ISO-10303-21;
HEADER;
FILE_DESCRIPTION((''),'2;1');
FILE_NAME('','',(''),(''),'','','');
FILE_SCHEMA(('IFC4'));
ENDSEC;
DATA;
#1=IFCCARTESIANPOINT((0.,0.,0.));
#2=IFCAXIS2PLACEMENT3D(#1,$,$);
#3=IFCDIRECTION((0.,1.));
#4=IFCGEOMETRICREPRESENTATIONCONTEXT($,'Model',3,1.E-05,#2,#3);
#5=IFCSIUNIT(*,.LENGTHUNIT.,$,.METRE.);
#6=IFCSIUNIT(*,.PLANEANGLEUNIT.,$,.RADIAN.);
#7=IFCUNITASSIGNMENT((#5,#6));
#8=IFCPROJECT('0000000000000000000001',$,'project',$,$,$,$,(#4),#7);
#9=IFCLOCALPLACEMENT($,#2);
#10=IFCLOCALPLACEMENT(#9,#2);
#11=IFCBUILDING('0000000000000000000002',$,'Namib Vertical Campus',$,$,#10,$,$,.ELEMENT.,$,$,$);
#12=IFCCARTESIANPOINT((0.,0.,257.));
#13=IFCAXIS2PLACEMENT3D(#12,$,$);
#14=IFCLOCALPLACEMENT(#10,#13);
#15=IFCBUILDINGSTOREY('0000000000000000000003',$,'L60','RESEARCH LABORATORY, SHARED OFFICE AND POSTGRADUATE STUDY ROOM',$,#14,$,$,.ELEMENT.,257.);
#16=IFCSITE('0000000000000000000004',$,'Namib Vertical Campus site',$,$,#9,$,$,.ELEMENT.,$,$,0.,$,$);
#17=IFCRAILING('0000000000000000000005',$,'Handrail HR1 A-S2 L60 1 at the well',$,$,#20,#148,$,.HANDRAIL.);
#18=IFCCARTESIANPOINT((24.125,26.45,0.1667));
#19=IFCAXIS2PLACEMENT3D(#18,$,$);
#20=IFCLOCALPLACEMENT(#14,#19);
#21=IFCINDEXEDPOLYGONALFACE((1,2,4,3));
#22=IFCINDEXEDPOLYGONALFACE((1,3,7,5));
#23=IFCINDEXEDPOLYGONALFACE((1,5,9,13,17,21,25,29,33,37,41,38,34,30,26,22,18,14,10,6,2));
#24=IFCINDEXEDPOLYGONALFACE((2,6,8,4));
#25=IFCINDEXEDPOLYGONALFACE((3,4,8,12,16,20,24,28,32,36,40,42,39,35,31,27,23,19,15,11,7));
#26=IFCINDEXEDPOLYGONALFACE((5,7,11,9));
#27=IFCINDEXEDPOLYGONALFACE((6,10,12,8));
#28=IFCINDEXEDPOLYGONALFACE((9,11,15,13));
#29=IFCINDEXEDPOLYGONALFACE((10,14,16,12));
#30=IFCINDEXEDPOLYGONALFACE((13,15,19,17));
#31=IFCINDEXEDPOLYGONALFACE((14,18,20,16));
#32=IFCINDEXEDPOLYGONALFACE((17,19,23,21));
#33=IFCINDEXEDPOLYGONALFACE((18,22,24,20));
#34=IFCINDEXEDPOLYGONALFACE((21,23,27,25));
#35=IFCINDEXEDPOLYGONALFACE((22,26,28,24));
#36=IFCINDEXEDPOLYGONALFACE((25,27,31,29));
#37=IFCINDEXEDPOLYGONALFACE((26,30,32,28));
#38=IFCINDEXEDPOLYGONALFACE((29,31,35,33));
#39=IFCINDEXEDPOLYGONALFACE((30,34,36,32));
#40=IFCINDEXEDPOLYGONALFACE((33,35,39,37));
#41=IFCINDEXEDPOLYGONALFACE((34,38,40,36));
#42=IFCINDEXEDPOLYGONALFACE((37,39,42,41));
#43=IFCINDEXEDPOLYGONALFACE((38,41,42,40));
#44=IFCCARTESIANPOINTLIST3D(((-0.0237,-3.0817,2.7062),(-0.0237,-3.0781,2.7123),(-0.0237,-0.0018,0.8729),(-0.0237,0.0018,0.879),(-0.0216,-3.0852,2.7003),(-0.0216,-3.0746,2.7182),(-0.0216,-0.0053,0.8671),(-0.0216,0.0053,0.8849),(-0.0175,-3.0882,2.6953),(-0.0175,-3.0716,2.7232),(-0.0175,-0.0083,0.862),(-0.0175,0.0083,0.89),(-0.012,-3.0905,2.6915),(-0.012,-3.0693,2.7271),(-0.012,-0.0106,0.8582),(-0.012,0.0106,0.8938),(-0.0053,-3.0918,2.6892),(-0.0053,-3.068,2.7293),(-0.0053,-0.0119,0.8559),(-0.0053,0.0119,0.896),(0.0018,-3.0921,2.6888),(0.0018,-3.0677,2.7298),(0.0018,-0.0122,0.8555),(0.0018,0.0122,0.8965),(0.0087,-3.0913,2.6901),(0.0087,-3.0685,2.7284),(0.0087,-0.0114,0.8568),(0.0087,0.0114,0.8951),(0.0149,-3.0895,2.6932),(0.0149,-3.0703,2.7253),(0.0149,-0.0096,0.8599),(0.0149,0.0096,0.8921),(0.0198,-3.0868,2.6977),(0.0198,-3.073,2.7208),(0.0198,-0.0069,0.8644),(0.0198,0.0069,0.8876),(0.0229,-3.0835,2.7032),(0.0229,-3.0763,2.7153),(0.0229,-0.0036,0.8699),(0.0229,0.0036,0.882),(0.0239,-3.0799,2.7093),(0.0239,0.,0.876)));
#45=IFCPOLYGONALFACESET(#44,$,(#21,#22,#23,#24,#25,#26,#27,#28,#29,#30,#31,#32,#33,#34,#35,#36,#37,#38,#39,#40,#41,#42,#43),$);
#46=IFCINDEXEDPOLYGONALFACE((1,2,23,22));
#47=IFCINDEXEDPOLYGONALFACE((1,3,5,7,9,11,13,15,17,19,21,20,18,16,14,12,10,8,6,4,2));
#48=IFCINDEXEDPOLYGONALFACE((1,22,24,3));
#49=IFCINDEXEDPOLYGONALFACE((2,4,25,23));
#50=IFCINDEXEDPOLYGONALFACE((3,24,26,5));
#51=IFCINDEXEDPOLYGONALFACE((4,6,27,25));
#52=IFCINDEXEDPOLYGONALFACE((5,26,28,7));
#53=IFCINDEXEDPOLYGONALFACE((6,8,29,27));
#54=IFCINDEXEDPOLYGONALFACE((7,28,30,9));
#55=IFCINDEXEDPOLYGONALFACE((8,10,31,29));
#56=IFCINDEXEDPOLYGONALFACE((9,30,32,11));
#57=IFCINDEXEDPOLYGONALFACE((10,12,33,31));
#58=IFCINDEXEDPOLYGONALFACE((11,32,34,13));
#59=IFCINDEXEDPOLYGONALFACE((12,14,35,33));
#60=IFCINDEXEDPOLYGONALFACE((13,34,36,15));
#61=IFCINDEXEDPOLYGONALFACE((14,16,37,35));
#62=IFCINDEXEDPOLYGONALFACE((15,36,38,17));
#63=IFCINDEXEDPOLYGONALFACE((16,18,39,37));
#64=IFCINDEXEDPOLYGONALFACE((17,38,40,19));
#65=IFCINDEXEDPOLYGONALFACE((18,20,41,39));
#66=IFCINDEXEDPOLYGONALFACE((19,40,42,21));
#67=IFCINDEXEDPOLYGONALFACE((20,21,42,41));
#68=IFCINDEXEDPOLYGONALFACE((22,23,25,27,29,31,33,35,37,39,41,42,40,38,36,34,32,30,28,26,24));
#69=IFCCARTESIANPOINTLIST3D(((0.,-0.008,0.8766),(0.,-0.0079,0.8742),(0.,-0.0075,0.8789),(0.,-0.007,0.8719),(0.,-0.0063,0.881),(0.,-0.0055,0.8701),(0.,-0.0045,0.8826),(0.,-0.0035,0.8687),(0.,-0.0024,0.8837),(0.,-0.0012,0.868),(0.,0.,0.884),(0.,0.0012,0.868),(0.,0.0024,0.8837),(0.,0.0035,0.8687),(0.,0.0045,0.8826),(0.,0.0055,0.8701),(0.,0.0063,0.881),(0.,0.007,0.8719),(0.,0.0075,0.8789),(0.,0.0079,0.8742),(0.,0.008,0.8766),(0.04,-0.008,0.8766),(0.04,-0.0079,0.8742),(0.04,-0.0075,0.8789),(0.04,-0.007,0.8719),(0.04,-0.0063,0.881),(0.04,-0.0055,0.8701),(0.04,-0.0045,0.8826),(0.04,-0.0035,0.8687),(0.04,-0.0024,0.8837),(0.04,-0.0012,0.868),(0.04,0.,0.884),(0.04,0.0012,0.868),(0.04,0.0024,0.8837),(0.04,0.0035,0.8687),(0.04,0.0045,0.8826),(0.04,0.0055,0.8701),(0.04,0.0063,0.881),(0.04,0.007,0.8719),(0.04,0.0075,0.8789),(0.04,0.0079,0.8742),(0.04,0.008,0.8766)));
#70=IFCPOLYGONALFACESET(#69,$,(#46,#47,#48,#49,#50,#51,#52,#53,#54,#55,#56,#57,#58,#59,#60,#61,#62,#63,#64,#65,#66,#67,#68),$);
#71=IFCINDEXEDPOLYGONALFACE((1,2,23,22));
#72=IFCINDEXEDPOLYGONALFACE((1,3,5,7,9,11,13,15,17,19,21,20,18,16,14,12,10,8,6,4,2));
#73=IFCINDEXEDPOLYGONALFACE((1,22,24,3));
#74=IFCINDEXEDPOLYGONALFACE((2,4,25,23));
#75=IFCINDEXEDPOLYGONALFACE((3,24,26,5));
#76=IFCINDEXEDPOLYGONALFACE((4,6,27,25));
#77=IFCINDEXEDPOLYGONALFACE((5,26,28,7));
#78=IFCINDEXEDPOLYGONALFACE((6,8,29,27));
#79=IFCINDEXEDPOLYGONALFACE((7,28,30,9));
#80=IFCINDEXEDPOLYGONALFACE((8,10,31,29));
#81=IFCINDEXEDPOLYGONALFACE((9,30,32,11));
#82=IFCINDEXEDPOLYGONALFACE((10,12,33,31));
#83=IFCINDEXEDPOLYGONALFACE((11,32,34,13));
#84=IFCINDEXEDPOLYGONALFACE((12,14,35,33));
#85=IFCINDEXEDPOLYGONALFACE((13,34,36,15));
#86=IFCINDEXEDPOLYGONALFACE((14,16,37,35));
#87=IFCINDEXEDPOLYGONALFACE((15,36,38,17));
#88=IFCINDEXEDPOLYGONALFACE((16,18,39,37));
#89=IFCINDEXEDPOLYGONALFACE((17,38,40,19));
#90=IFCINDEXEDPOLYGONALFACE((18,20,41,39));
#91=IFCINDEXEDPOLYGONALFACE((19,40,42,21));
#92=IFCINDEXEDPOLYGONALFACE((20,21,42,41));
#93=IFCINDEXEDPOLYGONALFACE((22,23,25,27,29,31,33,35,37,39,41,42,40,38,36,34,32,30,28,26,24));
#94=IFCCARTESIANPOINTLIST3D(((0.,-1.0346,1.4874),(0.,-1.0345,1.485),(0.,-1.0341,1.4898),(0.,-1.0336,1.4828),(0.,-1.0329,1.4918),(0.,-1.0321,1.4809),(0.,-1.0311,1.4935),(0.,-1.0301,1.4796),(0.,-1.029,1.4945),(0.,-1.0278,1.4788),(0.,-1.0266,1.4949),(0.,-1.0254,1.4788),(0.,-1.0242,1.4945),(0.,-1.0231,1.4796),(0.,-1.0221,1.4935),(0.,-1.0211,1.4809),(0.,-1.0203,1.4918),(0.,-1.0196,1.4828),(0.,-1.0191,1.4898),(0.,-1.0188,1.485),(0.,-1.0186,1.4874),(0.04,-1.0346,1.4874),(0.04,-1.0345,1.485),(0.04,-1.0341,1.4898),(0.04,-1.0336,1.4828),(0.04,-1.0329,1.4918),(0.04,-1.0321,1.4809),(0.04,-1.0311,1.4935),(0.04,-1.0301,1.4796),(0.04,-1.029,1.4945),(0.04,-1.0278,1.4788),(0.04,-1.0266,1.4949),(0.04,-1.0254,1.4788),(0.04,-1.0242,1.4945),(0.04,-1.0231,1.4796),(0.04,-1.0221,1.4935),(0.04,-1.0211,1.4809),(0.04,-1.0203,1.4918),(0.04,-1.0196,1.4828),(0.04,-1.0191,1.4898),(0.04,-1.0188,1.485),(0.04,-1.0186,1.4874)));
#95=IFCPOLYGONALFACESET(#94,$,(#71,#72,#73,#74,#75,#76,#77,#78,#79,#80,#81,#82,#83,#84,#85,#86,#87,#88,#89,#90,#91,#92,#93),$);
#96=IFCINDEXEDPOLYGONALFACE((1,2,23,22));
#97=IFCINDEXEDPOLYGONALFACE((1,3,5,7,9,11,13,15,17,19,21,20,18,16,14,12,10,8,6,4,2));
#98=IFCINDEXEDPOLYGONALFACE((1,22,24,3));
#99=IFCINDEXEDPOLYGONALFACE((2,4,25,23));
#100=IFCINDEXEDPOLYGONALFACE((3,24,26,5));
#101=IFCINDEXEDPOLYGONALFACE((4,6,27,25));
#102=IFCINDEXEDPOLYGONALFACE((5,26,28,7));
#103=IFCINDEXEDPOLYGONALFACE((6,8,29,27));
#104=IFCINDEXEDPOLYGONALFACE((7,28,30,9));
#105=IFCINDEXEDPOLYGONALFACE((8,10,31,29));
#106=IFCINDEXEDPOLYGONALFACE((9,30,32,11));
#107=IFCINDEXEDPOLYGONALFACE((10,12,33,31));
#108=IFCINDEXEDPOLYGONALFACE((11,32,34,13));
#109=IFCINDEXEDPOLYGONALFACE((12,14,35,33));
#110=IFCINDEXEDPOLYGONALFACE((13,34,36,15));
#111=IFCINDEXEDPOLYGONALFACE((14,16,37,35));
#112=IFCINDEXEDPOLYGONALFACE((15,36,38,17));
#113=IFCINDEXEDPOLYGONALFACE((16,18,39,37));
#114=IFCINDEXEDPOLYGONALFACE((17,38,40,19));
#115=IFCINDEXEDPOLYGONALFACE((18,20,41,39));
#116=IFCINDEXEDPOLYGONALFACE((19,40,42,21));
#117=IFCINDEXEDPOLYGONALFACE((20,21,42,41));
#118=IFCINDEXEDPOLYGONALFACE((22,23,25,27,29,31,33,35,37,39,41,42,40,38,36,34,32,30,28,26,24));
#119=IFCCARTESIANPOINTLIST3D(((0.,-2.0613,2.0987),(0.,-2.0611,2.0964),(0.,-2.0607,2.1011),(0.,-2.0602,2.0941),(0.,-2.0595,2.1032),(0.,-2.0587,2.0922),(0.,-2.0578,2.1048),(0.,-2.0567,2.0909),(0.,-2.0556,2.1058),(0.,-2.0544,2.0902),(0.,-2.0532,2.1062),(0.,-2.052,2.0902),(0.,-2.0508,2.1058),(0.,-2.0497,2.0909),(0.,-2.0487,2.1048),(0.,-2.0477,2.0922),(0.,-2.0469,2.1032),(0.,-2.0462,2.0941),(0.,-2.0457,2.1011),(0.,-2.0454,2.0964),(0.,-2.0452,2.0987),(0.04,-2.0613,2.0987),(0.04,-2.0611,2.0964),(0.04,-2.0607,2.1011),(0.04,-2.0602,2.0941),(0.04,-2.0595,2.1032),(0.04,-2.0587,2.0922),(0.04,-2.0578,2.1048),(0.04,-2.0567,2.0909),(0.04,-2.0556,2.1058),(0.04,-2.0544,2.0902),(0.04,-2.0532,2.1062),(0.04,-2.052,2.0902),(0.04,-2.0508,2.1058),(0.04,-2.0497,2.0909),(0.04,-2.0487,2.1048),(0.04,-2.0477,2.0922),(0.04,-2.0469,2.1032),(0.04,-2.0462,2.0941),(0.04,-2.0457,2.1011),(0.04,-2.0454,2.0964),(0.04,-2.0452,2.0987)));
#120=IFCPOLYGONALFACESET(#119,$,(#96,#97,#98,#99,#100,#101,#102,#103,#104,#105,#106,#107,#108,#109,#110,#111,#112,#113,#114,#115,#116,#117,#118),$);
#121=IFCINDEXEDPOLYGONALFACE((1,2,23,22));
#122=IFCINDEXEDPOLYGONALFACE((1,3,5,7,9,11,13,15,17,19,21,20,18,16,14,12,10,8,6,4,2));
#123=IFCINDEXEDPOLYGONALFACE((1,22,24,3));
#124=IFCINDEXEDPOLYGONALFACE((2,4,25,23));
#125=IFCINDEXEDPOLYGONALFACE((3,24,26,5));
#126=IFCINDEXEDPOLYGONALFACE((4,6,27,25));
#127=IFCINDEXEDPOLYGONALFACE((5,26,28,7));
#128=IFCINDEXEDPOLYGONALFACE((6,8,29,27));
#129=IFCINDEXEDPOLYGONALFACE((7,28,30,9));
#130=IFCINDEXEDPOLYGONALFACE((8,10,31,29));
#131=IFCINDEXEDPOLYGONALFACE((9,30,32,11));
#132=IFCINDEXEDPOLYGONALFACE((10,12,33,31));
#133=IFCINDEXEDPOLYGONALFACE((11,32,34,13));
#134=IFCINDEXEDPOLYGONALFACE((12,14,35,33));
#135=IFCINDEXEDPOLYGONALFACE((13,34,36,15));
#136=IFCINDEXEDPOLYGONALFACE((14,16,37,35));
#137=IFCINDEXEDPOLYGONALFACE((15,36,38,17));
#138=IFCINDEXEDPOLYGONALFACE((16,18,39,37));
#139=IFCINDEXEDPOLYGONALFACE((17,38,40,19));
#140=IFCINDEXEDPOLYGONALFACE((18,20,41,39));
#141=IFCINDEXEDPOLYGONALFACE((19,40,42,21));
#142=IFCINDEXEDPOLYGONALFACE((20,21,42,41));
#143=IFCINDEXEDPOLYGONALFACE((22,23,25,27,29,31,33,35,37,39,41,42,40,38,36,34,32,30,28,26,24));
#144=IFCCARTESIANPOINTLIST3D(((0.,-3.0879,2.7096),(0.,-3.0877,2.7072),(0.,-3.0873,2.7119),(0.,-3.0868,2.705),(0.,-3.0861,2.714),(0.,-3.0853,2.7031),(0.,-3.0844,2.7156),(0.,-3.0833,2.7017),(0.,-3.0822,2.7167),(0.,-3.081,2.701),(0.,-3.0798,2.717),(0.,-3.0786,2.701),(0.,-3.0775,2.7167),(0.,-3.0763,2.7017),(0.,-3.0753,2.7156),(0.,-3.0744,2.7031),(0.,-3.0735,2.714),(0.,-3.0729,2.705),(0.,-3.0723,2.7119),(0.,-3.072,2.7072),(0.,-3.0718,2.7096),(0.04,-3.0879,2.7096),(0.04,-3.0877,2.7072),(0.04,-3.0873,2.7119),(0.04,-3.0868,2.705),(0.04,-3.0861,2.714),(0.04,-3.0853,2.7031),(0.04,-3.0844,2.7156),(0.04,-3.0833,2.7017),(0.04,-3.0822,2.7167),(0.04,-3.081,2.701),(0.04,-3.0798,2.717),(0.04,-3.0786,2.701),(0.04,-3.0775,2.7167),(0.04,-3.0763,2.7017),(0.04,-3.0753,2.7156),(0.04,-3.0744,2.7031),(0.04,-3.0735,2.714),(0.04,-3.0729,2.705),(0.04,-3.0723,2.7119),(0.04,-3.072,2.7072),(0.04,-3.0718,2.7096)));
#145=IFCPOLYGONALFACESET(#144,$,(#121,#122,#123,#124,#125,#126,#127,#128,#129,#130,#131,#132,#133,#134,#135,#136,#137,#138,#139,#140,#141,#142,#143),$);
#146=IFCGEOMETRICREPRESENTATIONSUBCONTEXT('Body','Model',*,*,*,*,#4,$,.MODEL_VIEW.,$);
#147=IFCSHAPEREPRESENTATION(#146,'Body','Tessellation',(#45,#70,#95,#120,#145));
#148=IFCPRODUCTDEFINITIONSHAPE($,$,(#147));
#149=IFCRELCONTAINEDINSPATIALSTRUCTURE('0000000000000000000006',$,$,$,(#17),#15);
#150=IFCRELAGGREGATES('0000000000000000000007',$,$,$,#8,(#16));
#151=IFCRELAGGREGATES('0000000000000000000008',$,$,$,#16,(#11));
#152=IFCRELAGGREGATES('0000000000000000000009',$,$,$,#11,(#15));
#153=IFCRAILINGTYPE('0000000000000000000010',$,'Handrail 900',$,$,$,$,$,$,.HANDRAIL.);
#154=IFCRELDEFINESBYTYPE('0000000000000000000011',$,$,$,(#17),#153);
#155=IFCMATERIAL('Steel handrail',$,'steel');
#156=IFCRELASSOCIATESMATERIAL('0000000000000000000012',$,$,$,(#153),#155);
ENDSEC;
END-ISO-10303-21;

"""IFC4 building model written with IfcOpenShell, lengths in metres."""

from ifc_helpers import new_model, si_unit, direction, frame, origin, origin_2d, place, context, subcontext, project, spatial, circle, extrude, material, type_object, element, save


model = new_model("IFC4")

# Units and contexts
model_context = context("Model", 3, precision=1e-05, world=origin(), true_north=direction((0.0, 1.0)))
body_context = subcontext(model_context, "Body", "Model", "MODEL_VIEW")
ifc_project = project(units=[si_unit("LENGTHUNIT", "METRE"), si_unit("PLANEANGLEUNIT", "RADIAN")], contexts=[model_context])

# Site, building, storey
site_placement = place(None, origin())
site = spatial("IfcSite", under=ifc_project, at=site_placement, Name="Namib Vertical Campus site", CompositionType="ELEMENT", RefElevation=0.0)
building_placement = place(site_placement, origin())
building = spatial("IfcBuilding", under=site, at=building_placement, Name="Namib Vertical Campus", CompositionType="ELEMENT")
storey_placement = place(building_placement, frame((0.0, 0.0, 257.0)))
storey = spatial("IfcBuildingStorey", under=building, at=storey_placement, Name="L60", Description="RESEARCH LABORATORY, SHARED OFFICE AND POSTGRADUATE STUDY ROOM", CompositionType="ELEMENT", Elevation=257.0)

# Railing
ifc_material_1 = material(Name="Steel handrail", Category="steel")
railing_type_1 = type_object("IfcRailingType", Name="Handrail 900", PredefinedType="HANDRAIL", material=ifc_material_1)
railing_1_placement = place(storey_placement, frame((24.125, 26.45, 0.1667)))
element("IfcRailing", 1, at=railing_1_placement, inside=storey, type_object=railing_type_1, Name="Handrail HR1 A-S2 L60 1 at the well", PredefinedType="HANDRAIL", context=body_context, shape_type="SweptSolid", body=[
    extrude(circle(Radius=0.0239, at=origin_2d()), frame((0.0, 0.0, 0.876), z_axis=(0.0, -0.859291, 0.511487), x_axis=(1.0, 0.0, 0.0)), (0.0, 0.0, 1.0), 3.5842),
    extrude(circle(Radius=0.0081, at=origin_2d()), frame((0.0, 0.0, 0.876), z_axis=(1.0, 0.0, 0.0), x_axis=(0.0, 0.0, 1.0)), (0.0, 0.0, 1.0), 0.04),
    extrude(circle(Radius=0.0081, at=origin_2d()), frame((0.0, -1.0266, 1.4868), z_axis=(1.0, 0.0, 0.0), x_axis=(0.0, 0.0, 1.0)), (0.0, 0.0, 1.0), 0.04),
    extrude(circle(Radius=0.0081, at=origin_2d()), frame((0.0, -2.0532, 2.0981), z_axis=(1.0, 0.0, 0.0), x_axis=(0.0, 0.0, 1.0)), (0.0, 0.0, 1.0), 0.04),
    extrude(circle(Radius=0.0081, at=origin_2d()), frame((0.0, -3.0798, 2.709), z_axis=(1.0, 0.0, 0.0), x_axis=(0.0, 0.0, 1.0)), (0.0, 0.0, 1.0), 0.04),
])

save(model, "model.ifc")
